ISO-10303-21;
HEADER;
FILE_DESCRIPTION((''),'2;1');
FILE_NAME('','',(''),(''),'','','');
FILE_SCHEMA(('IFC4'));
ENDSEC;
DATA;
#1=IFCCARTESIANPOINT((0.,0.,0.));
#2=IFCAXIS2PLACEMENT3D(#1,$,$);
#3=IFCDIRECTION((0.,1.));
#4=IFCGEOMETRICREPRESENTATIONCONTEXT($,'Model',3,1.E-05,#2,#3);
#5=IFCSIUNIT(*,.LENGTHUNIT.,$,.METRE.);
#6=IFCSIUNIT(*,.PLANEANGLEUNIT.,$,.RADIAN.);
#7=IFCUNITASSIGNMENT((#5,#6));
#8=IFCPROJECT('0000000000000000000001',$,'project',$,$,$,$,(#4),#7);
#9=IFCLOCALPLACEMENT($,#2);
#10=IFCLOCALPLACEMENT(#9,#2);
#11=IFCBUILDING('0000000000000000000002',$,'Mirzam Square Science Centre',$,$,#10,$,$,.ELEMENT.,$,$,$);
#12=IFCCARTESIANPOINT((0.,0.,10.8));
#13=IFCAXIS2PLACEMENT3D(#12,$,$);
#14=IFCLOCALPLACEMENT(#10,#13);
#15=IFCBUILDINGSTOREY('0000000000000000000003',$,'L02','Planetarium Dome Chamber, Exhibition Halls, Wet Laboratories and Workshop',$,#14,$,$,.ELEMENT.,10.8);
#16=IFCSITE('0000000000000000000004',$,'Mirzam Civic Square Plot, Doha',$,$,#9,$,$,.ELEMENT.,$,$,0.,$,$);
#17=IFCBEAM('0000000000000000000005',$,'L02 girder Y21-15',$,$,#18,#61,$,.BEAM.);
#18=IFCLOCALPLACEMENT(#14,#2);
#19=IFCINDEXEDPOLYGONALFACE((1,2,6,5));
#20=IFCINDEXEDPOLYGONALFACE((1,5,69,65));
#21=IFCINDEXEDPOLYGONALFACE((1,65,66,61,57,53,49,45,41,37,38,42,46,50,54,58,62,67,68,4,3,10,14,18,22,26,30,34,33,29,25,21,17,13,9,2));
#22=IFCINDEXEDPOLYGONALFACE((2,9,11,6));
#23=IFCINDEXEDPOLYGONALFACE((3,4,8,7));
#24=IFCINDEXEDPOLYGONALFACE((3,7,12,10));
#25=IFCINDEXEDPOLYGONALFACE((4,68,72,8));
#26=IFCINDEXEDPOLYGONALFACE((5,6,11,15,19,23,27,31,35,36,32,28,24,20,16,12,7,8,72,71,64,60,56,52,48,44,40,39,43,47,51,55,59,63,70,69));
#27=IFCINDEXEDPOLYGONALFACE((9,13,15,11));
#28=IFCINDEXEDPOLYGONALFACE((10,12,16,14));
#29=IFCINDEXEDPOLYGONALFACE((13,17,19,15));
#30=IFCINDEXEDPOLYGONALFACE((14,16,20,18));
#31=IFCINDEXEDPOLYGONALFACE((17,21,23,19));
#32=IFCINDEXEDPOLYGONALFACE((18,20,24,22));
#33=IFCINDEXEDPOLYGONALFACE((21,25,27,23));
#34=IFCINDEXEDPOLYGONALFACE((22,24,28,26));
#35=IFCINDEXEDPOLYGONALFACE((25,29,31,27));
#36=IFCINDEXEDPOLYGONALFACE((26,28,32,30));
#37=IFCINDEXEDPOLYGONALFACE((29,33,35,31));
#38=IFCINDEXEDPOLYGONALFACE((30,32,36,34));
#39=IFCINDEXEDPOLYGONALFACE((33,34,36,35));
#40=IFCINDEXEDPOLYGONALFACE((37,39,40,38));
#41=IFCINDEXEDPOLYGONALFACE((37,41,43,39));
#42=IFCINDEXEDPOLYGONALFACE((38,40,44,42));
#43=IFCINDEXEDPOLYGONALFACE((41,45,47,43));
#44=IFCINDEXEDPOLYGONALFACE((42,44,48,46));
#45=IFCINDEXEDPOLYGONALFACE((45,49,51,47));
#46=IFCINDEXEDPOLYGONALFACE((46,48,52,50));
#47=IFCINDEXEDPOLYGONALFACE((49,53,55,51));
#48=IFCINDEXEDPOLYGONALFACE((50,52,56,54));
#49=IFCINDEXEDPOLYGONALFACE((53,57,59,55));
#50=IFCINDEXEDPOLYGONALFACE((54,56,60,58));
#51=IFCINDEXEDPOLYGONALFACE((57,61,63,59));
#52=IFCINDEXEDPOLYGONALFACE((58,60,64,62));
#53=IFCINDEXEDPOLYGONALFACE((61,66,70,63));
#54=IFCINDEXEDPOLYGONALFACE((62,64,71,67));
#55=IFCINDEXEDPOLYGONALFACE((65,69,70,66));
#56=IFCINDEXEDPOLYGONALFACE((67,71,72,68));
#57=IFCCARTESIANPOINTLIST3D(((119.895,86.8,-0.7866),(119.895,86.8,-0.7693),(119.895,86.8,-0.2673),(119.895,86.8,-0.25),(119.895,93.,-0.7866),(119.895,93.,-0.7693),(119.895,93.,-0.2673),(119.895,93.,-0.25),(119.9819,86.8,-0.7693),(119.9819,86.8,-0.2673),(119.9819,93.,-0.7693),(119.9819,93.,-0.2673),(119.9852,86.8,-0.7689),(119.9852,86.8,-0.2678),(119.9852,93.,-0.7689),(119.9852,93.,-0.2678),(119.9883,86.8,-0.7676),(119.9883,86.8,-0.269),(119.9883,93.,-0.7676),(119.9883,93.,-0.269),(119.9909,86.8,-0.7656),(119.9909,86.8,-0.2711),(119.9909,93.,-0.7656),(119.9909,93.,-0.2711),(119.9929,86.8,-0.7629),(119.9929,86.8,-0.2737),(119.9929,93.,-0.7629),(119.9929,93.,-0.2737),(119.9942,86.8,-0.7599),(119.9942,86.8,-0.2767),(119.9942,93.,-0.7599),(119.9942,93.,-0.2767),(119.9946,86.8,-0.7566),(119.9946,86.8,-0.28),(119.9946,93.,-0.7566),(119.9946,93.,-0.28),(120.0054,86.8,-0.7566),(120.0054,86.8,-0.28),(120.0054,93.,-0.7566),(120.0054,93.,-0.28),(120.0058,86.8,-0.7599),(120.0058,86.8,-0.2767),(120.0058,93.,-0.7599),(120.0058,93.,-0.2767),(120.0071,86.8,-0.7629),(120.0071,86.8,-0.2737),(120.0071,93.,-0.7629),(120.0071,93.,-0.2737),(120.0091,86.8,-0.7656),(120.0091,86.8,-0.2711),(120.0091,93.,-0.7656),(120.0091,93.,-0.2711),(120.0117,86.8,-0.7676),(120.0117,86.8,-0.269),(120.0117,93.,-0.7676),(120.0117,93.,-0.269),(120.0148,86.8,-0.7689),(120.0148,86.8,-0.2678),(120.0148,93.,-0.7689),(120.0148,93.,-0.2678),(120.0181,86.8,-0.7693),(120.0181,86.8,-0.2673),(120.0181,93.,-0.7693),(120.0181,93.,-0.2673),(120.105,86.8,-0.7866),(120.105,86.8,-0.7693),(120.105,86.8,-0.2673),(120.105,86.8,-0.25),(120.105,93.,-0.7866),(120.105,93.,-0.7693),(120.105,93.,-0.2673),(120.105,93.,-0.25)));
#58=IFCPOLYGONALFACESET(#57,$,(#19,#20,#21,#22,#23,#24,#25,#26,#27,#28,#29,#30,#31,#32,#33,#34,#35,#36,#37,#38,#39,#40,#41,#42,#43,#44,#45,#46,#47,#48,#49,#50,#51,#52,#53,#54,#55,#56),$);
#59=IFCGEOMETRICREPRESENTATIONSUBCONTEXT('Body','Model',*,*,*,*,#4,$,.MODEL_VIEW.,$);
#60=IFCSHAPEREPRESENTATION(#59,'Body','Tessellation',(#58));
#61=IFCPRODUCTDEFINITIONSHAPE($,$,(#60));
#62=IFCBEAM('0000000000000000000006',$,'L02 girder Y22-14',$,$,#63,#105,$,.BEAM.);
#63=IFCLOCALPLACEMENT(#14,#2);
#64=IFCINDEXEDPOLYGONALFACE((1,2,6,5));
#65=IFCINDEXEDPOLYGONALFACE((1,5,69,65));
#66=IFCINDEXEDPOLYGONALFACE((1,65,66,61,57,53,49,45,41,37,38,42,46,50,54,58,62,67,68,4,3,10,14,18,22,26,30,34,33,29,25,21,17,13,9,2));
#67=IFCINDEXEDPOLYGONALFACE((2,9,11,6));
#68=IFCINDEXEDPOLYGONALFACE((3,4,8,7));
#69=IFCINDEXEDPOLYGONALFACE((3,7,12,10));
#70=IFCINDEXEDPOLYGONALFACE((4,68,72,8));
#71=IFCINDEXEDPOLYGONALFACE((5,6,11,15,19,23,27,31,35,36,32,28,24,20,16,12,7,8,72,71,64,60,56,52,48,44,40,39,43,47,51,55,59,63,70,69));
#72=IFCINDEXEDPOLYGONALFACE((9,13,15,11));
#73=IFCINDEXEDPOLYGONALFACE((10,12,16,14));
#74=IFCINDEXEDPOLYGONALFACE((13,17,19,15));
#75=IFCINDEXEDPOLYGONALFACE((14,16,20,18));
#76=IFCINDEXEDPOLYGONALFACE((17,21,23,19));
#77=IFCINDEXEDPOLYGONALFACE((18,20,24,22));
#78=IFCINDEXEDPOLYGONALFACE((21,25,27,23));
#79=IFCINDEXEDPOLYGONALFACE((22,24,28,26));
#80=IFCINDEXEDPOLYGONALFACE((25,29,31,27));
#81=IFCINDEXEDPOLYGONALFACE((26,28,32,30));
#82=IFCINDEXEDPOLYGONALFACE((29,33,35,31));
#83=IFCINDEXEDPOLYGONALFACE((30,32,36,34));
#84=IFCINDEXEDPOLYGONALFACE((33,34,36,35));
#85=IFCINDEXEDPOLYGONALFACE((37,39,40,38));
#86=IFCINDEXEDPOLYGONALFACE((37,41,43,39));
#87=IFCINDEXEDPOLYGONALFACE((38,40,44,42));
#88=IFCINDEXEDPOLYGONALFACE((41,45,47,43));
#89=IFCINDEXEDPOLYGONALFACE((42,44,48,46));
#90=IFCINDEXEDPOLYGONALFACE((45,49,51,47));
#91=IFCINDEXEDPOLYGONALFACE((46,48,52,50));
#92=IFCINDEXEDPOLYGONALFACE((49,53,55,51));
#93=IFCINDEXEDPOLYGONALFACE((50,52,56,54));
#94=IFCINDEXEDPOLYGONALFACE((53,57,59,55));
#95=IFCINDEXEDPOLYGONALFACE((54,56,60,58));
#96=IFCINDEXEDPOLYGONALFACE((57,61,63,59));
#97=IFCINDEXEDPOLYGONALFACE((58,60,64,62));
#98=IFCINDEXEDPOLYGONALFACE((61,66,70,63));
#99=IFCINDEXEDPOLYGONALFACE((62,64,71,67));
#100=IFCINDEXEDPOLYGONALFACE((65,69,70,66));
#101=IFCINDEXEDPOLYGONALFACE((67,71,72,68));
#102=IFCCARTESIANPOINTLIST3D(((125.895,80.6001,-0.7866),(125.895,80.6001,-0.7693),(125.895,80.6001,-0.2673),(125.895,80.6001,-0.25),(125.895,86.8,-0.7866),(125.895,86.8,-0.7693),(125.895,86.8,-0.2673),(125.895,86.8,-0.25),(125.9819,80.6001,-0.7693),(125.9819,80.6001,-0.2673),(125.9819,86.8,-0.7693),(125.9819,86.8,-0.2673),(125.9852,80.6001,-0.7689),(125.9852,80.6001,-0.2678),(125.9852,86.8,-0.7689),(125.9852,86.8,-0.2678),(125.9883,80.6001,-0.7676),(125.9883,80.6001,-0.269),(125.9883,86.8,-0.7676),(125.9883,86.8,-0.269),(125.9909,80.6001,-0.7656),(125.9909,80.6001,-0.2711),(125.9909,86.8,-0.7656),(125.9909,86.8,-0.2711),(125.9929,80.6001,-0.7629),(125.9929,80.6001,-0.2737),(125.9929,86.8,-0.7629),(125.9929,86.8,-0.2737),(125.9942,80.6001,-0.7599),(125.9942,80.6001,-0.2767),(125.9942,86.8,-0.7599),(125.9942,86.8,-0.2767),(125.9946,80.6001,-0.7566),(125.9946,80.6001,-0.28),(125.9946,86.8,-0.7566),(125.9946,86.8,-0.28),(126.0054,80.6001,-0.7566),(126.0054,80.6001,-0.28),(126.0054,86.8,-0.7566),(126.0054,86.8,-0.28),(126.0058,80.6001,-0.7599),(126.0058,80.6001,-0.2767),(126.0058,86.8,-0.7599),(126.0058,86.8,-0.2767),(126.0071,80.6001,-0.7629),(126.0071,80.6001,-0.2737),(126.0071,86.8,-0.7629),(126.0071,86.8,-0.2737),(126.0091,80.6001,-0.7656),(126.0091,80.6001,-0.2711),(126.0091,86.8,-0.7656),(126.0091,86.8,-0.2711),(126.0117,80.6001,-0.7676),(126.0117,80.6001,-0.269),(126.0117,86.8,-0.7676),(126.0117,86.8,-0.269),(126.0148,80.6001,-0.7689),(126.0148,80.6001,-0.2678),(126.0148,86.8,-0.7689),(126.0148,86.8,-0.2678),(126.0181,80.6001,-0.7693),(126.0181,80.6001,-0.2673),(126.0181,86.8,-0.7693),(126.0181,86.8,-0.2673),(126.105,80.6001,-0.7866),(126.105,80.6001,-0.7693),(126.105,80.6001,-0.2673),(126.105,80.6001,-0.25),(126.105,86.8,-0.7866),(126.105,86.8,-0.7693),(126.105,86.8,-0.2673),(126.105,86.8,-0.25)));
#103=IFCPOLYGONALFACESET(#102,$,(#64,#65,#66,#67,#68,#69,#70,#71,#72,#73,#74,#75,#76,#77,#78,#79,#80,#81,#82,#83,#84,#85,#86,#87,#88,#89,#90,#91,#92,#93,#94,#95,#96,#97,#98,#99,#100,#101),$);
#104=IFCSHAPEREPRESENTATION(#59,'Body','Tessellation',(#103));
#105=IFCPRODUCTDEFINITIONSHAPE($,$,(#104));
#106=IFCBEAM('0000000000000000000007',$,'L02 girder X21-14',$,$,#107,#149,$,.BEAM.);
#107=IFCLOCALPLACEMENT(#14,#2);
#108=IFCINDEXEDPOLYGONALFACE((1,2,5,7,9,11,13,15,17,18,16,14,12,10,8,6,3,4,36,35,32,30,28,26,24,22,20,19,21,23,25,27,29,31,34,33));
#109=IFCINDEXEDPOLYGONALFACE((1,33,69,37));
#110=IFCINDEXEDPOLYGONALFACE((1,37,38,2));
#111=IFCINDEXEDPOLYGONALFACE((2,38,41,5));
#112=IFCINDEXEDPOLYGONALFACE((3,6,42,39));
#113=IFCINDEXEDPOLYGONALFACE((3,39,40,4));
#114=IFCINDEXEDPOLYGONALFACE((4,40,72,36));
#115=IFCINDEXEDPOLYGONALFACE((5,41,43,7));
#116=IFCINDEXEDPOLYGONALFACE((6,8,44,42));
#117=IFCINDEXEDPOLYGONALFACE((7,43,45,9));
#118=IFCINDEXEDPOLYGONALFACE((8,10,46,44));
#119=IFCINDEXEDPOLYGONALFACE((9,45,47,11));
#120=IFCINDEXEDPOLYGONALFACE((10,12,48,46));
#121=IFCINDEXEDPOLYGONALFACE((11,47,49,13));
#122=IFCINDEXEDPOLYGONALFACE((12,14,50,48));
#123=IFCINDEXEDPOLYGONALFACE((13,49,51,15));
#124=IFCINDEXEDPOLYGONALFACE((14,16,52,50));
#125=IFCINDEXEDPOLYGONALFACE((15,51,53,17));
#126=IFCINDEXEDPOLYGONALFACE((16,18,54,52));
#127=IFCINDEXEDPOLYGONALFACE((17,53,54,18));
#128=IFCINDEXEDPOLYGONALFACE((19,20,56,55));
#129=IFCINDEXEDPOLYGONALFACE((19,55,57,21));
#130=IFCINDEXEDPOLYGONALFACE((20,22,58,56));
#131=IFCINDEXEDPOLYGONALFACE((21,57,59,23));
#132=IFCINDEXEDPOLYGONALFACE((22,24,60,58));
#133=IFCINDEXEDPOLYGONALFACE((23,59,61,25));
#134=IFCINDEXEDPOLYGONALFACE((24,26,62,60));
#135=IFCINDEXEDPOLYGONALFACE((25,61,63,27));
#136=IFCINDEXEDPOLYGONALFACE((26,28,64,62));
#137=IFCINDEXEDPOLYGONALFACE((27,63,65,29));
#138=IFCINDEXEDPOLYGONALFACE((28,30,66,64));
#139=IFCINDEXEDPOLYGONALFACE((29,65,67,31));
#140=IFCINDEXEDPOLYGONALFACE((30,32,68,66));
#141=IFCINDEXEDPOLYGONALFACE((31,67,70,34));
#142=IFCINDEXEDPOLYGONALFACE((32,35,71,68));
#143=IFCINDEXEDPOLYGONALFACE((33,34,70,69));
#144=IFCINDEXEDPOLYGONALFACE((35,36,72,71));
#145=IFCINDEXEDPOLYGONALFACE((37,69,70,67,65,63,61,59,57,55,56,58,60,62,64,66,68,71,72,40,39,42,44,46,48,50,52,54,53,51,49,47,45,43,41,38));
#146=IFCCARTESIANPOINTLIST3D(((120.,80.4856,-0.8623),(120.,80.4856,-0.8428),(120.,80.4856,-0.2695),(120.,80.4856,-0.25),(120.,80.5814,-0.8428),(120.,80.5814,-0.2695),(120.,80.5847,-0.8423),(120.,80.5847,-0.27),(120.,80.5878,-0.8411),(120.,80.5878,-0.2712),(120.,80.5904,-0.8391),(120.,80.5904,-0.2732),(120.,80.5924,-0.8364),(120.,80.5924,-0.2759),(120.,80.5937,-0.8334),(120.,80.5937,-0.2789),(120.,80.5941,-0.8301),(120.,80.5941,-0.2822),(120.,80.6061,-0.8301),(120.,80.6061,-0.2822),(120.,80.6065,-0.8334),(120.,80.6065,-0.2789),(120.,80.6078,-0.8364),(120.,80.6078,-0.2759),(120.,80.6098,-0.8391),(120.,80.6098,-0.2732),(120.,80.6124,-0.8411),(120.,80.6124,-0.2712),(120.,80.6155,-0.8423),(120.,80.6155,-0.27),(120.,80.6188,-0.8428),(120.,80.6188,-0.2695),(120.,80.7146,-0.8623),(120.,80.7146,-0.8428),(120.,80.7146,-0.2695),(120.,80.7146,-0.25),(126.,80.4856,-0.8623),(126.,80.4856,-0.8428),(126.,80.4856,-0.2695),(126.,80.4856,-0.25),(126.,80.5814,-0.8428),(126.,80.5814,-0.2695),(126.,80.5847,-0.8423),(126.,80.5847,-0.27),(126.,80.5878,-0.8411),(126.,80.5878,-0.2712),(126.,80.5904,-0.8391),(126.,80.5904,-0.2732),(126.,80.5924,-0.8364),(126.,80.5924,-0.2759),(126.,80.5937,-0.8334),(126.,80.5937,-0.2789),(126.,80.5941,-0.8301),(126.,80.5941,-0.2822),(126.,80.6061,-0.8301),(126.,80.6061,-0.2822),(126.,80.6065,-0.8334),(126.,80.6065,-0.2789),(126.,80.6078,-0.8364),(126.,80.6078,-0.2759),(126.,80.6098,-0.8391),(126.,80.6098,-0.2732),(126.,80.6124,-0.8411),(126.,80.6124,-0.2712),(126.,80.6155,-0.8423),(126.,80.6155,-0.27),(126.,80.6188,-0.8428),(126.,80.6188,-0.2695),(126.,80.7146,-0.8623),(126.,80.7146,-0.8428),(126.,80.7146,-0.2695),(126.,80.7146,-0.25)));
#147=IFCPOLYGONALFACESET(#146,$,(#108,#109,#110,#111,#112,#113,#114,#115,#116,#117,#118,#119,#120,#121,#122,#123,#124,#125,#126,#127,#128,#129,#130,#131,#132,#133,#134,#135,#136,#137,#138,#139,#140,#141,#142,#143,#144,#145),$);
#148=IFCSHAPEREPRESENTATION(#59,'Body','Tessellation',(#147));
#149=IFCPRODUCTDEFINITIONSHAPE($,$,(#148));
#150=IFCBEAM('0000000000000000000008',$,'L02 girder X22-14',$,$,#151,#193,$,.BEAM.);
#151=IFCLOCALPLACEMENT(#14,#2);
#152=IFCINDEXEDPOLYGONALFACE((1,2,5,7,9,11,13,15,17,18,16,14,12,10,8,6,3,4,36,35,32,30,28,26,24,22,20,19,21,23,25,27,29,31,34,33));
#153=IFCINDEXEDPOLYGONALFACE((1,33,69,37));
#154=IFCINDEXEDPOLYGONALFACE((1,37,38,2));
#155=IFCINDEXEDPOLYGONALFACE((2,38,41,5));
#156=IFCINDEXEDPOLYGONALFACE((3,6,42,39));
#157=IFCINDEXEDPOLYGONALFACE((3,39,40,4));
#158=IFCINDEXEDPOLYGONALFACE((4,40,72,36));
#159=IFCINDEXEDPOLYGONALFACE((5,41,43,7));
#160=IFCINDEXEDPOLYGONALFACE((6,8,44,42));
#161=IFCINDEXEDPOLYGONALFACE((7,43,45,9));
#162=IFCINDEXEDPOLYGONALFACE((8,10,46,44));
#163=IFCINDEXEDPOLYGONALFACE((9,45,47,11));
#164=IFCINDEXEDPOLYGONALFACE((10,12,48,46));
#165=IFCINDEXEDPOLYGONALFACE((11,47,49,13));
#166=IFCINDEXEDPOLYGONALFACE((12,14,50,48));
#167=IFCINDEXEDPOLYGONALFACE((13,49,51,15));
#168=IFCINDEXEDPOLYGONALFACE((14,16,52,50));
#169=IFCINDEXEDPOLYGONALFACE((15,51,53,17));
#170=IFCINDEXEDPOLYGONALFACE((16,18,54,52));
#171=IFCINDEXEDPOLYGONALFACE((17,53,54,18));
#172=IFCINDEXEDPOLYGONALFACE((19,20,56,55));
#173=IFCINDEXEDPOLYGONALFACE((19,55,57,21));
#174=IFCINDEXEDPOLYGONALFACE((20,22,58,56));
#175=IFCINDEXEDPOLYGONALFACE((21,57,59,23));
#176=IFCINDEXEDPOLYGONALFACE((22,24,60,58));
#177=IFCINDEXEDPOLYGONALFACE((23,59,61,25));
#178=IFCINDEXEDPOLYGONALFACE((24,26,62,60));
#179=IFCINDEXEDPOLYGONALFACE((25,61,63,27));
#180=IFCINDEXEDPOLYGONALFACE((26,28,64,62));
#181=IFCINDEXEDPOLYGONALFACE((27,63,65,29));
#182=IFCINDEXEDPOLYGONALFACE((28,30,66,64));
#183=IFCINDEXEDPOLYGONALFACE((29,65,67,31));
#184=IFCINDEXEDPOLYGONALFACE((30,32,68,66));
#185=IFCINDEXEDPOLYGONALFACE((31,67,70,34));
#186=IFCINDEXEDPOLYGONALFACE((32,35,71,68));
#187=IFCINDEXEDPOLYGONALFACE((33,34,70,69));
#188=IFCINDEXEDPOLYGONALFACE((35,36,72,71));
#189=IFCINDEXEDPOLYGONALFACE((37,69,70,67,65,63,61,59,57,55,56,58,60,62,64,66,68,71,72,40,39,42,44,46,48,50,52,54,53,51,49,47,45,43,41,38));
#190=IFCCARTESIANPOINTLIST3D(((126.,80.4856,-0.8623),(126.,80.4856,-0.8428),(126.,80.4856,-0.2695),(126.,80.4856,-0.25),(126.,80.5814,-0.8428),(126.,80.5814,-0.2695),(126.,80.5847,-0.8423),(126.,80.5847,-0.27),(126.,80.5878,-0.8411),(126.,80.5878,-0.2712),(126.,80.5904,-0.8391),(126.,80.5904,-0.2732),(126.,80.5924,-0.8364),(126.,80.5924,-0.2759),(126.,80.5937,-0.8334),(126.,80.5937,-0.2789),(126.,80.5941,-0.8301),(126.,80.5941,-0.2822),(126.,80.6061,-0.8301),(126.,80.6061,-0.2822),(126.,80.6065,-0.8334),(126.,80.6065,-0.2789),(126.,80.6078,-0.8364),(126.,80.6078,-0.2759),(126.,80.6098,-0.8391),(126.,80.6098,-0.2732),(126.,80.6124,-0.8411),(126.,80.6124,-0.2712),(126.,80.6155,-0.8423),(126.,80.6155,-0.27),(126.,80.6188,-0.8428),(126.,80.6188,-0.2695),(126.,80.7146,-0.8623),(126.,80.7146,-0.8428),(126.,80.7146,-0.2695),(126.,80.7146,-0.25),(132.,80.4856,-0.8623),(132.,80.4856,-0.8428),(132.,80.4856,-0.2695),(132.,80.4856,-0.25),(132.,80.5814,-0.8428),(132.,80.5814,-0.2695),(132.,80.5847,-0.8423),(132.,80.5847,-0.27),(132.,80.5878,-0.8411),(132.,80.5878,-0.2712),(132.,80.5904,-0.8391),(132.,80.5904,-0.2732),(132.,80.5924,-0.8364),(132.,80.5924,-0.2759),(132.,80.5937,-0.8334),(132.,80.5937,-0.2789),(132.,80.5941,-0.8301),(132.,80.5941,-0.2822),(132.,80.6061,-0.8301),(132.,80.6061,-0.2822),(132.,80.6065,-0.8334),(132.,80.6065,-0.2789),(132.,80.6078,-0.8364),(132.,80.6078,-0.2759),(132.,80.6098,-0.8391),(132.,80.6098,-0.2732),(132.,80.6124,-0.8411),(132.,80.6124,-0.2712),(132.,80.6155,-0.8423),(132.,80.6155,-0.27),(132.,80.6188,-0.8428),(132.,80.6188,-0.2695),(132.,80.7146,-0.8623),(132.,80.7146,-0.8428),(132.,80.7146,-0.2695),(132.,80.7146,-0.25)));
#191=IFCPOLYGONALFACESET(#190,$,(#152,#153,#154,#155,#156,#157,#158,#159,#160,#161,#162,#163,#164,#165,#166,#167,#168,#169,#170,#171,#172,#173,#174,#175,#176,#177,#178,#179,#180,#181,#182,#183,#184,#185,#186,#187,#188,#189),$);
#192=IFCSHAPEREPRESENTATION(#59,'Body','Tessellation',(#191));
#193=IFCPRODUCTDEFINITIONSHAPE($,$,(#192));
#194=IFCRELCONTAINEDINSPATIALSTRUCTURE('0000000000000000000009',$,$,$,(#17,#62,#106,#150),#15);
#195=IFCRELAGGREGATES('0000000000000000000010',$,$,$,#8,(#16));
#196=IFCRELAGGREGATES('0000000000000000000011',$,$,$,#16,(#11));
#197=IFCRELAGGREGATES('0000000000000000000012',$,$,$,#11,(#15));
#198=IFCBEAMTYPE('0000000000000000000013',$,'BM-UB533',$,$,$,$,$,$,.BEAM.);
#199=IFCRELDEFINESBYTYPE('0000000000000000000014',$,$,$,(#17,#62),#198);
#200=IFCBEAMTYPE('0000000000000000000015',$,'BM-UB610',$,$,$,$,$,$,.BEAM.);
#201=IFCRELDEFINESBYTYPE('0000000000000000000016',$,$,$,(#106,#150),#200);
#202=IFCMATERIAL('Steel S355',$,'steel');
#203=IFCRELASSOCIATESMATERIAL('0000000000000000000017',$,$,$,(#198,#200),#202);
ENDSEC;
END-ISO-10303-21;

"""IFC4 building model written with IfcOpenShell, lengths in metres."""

from ifc_helpers import new_model, si_unit, direction, frame, origin, origin_2d, place, context, subcontext, project, spatial, i_section, extrude, material, material_profile, profile_set, type_object, element, save


model = new_model("IFC4")

# Units and contexts
model_context = context("Model", 3, precision=1e-05, world=origin(), true_north=direction((0.0, 1.0)))
body_context = subcontext(model_context, "Body", "Model", "MODEL_VIEW")
ifc_project = project(units=[si_unit("LENGTHUNIT", "METRE"), si_unit("PLANEANGLEUNIT", "RADIAN")], contexts=[model_context])

# Site, building, storey
site_placement = place(None, origin())
site = spatial("IfcSite", under=ifc_project, at=site_placement, Name="Mirzam Civic Square Plot, Doha", CompositionType="ELEMENT", RefElevation=0.0)
building_placement = place(site_placement, origin())
building = spatial("IfcBuilding", under=site, at=building_placement, Name="Mirzam Square Science Centre", CompositionType="ELEMENT")
storey_placement = place(building_placement, frame((0.0, 0.0, 10.8)))
storey = spatial("IfcBuildingStorey", under=building, at=storey_placement, Name="L02", Description="Planetarium Dome Chamber, Exhibition Halls, Wet Laboratories and Workshop", CompositionType="ELEMENT", Elevation=10.8)

# Shared definitions
ifc_material_1 = material(Name="Steel S355", Category="steel")

# Beams
ifc_material_profile_1 = material_profile(ifc_material_1, i_section(OverallWidth=0.21, OverallDepth=0.5366, WebThickness=0.0107, FlangeThickness=0.0173, FilletRadius=0.0127, at=origin_2d()), Name="533x210x101UB")
ifc_profile_set_1 = profile_set([ifc_material_profile_1], Name="Steel S355")
beam_type_1 = type_object("IfcBeamType", Name="BM-UB533", PredefinedType="BEAM", material=ifc_profile_set_1)
for number, where, z_axis, x_axis, name in (
    (1, (120.0, 86.8, -0.5183), (0.0, 1.0, 0.0), (-1.0, 0.0, 0.0), "L02 girder Y21-15"),
    (2, (126.0, 80.6001, -0.5183), (0.0, 1.0, 0.0), (-1.0, 0.0, 0.0), "L02 girder Y22-14"),
):
    element("IfcBeam", number, at=place(storey_placement, frame(where, z_axis=z_axis, x_axis=x_axis)), inside=storey, type_object=beam_type_1, Name=name, PredefinedType="BEAM", context=body_context, shape_type="SweptSolid", body=[
        extrude(i_section(OverallWidth=0.21, OverallDepth=0.5366, WebThickness=0.0107, FlangeThickness=0.0173, FilletRadius=0.0127, at=origin_2d()), origin(), (0.0, 0.0, 1.0), 6.2),
    ])
ifc_material_profile_2 = material_profile(ifc_material_1, i_section(OverallWidth=0.229, OverallDepth=0.6123, WebThickness=0.012, FlangeThickness=0.0195, FilletRadius=0.0127, at=origin_2d()), Name="610x229x125UB")
ifc_profile_set_2 = profile_set([ifc_material_profile_2], Name="Steel S355")
beam_type_2 = type_object("IfcBeamType", Name="BM-UB610", PredefinedType="BEAM", material=ifc_profile_set_2)
for number, where, z_axis, x_axis, name in (
    (3, (120.0, 80.6001, -0.5562), (1.0, 0.0, 0.0), (0.0, 1.0, 0.0), "L02 girder X21-14"),
    (4, (126.0, 80.6001, -0.5562), (1.0, 0.0, 0.0), (0.0, 1.0, 0.0), "L02 girder X22-14"),
):
    element("IfcBeam", number, at=place(storey_placement, frame(where, z_axis=z_axis, x_axis=x_axis)), inside=storey, type_object=beam_type_2, Name=name, PredefinedType="BEAM", context=body_context, shape_type="SweptSolid", body=[
        extrude(i_section(OverallWidth=0.229, OverallDepth=0.6123, WebThickness=0.012, FlangeThickness=0.0195, FilletRadius=0.0127, at=origin_2d()), origin(), (0.0, 0.0, 1.0), 6.0),
    ])

save(model, "model.ifc")
